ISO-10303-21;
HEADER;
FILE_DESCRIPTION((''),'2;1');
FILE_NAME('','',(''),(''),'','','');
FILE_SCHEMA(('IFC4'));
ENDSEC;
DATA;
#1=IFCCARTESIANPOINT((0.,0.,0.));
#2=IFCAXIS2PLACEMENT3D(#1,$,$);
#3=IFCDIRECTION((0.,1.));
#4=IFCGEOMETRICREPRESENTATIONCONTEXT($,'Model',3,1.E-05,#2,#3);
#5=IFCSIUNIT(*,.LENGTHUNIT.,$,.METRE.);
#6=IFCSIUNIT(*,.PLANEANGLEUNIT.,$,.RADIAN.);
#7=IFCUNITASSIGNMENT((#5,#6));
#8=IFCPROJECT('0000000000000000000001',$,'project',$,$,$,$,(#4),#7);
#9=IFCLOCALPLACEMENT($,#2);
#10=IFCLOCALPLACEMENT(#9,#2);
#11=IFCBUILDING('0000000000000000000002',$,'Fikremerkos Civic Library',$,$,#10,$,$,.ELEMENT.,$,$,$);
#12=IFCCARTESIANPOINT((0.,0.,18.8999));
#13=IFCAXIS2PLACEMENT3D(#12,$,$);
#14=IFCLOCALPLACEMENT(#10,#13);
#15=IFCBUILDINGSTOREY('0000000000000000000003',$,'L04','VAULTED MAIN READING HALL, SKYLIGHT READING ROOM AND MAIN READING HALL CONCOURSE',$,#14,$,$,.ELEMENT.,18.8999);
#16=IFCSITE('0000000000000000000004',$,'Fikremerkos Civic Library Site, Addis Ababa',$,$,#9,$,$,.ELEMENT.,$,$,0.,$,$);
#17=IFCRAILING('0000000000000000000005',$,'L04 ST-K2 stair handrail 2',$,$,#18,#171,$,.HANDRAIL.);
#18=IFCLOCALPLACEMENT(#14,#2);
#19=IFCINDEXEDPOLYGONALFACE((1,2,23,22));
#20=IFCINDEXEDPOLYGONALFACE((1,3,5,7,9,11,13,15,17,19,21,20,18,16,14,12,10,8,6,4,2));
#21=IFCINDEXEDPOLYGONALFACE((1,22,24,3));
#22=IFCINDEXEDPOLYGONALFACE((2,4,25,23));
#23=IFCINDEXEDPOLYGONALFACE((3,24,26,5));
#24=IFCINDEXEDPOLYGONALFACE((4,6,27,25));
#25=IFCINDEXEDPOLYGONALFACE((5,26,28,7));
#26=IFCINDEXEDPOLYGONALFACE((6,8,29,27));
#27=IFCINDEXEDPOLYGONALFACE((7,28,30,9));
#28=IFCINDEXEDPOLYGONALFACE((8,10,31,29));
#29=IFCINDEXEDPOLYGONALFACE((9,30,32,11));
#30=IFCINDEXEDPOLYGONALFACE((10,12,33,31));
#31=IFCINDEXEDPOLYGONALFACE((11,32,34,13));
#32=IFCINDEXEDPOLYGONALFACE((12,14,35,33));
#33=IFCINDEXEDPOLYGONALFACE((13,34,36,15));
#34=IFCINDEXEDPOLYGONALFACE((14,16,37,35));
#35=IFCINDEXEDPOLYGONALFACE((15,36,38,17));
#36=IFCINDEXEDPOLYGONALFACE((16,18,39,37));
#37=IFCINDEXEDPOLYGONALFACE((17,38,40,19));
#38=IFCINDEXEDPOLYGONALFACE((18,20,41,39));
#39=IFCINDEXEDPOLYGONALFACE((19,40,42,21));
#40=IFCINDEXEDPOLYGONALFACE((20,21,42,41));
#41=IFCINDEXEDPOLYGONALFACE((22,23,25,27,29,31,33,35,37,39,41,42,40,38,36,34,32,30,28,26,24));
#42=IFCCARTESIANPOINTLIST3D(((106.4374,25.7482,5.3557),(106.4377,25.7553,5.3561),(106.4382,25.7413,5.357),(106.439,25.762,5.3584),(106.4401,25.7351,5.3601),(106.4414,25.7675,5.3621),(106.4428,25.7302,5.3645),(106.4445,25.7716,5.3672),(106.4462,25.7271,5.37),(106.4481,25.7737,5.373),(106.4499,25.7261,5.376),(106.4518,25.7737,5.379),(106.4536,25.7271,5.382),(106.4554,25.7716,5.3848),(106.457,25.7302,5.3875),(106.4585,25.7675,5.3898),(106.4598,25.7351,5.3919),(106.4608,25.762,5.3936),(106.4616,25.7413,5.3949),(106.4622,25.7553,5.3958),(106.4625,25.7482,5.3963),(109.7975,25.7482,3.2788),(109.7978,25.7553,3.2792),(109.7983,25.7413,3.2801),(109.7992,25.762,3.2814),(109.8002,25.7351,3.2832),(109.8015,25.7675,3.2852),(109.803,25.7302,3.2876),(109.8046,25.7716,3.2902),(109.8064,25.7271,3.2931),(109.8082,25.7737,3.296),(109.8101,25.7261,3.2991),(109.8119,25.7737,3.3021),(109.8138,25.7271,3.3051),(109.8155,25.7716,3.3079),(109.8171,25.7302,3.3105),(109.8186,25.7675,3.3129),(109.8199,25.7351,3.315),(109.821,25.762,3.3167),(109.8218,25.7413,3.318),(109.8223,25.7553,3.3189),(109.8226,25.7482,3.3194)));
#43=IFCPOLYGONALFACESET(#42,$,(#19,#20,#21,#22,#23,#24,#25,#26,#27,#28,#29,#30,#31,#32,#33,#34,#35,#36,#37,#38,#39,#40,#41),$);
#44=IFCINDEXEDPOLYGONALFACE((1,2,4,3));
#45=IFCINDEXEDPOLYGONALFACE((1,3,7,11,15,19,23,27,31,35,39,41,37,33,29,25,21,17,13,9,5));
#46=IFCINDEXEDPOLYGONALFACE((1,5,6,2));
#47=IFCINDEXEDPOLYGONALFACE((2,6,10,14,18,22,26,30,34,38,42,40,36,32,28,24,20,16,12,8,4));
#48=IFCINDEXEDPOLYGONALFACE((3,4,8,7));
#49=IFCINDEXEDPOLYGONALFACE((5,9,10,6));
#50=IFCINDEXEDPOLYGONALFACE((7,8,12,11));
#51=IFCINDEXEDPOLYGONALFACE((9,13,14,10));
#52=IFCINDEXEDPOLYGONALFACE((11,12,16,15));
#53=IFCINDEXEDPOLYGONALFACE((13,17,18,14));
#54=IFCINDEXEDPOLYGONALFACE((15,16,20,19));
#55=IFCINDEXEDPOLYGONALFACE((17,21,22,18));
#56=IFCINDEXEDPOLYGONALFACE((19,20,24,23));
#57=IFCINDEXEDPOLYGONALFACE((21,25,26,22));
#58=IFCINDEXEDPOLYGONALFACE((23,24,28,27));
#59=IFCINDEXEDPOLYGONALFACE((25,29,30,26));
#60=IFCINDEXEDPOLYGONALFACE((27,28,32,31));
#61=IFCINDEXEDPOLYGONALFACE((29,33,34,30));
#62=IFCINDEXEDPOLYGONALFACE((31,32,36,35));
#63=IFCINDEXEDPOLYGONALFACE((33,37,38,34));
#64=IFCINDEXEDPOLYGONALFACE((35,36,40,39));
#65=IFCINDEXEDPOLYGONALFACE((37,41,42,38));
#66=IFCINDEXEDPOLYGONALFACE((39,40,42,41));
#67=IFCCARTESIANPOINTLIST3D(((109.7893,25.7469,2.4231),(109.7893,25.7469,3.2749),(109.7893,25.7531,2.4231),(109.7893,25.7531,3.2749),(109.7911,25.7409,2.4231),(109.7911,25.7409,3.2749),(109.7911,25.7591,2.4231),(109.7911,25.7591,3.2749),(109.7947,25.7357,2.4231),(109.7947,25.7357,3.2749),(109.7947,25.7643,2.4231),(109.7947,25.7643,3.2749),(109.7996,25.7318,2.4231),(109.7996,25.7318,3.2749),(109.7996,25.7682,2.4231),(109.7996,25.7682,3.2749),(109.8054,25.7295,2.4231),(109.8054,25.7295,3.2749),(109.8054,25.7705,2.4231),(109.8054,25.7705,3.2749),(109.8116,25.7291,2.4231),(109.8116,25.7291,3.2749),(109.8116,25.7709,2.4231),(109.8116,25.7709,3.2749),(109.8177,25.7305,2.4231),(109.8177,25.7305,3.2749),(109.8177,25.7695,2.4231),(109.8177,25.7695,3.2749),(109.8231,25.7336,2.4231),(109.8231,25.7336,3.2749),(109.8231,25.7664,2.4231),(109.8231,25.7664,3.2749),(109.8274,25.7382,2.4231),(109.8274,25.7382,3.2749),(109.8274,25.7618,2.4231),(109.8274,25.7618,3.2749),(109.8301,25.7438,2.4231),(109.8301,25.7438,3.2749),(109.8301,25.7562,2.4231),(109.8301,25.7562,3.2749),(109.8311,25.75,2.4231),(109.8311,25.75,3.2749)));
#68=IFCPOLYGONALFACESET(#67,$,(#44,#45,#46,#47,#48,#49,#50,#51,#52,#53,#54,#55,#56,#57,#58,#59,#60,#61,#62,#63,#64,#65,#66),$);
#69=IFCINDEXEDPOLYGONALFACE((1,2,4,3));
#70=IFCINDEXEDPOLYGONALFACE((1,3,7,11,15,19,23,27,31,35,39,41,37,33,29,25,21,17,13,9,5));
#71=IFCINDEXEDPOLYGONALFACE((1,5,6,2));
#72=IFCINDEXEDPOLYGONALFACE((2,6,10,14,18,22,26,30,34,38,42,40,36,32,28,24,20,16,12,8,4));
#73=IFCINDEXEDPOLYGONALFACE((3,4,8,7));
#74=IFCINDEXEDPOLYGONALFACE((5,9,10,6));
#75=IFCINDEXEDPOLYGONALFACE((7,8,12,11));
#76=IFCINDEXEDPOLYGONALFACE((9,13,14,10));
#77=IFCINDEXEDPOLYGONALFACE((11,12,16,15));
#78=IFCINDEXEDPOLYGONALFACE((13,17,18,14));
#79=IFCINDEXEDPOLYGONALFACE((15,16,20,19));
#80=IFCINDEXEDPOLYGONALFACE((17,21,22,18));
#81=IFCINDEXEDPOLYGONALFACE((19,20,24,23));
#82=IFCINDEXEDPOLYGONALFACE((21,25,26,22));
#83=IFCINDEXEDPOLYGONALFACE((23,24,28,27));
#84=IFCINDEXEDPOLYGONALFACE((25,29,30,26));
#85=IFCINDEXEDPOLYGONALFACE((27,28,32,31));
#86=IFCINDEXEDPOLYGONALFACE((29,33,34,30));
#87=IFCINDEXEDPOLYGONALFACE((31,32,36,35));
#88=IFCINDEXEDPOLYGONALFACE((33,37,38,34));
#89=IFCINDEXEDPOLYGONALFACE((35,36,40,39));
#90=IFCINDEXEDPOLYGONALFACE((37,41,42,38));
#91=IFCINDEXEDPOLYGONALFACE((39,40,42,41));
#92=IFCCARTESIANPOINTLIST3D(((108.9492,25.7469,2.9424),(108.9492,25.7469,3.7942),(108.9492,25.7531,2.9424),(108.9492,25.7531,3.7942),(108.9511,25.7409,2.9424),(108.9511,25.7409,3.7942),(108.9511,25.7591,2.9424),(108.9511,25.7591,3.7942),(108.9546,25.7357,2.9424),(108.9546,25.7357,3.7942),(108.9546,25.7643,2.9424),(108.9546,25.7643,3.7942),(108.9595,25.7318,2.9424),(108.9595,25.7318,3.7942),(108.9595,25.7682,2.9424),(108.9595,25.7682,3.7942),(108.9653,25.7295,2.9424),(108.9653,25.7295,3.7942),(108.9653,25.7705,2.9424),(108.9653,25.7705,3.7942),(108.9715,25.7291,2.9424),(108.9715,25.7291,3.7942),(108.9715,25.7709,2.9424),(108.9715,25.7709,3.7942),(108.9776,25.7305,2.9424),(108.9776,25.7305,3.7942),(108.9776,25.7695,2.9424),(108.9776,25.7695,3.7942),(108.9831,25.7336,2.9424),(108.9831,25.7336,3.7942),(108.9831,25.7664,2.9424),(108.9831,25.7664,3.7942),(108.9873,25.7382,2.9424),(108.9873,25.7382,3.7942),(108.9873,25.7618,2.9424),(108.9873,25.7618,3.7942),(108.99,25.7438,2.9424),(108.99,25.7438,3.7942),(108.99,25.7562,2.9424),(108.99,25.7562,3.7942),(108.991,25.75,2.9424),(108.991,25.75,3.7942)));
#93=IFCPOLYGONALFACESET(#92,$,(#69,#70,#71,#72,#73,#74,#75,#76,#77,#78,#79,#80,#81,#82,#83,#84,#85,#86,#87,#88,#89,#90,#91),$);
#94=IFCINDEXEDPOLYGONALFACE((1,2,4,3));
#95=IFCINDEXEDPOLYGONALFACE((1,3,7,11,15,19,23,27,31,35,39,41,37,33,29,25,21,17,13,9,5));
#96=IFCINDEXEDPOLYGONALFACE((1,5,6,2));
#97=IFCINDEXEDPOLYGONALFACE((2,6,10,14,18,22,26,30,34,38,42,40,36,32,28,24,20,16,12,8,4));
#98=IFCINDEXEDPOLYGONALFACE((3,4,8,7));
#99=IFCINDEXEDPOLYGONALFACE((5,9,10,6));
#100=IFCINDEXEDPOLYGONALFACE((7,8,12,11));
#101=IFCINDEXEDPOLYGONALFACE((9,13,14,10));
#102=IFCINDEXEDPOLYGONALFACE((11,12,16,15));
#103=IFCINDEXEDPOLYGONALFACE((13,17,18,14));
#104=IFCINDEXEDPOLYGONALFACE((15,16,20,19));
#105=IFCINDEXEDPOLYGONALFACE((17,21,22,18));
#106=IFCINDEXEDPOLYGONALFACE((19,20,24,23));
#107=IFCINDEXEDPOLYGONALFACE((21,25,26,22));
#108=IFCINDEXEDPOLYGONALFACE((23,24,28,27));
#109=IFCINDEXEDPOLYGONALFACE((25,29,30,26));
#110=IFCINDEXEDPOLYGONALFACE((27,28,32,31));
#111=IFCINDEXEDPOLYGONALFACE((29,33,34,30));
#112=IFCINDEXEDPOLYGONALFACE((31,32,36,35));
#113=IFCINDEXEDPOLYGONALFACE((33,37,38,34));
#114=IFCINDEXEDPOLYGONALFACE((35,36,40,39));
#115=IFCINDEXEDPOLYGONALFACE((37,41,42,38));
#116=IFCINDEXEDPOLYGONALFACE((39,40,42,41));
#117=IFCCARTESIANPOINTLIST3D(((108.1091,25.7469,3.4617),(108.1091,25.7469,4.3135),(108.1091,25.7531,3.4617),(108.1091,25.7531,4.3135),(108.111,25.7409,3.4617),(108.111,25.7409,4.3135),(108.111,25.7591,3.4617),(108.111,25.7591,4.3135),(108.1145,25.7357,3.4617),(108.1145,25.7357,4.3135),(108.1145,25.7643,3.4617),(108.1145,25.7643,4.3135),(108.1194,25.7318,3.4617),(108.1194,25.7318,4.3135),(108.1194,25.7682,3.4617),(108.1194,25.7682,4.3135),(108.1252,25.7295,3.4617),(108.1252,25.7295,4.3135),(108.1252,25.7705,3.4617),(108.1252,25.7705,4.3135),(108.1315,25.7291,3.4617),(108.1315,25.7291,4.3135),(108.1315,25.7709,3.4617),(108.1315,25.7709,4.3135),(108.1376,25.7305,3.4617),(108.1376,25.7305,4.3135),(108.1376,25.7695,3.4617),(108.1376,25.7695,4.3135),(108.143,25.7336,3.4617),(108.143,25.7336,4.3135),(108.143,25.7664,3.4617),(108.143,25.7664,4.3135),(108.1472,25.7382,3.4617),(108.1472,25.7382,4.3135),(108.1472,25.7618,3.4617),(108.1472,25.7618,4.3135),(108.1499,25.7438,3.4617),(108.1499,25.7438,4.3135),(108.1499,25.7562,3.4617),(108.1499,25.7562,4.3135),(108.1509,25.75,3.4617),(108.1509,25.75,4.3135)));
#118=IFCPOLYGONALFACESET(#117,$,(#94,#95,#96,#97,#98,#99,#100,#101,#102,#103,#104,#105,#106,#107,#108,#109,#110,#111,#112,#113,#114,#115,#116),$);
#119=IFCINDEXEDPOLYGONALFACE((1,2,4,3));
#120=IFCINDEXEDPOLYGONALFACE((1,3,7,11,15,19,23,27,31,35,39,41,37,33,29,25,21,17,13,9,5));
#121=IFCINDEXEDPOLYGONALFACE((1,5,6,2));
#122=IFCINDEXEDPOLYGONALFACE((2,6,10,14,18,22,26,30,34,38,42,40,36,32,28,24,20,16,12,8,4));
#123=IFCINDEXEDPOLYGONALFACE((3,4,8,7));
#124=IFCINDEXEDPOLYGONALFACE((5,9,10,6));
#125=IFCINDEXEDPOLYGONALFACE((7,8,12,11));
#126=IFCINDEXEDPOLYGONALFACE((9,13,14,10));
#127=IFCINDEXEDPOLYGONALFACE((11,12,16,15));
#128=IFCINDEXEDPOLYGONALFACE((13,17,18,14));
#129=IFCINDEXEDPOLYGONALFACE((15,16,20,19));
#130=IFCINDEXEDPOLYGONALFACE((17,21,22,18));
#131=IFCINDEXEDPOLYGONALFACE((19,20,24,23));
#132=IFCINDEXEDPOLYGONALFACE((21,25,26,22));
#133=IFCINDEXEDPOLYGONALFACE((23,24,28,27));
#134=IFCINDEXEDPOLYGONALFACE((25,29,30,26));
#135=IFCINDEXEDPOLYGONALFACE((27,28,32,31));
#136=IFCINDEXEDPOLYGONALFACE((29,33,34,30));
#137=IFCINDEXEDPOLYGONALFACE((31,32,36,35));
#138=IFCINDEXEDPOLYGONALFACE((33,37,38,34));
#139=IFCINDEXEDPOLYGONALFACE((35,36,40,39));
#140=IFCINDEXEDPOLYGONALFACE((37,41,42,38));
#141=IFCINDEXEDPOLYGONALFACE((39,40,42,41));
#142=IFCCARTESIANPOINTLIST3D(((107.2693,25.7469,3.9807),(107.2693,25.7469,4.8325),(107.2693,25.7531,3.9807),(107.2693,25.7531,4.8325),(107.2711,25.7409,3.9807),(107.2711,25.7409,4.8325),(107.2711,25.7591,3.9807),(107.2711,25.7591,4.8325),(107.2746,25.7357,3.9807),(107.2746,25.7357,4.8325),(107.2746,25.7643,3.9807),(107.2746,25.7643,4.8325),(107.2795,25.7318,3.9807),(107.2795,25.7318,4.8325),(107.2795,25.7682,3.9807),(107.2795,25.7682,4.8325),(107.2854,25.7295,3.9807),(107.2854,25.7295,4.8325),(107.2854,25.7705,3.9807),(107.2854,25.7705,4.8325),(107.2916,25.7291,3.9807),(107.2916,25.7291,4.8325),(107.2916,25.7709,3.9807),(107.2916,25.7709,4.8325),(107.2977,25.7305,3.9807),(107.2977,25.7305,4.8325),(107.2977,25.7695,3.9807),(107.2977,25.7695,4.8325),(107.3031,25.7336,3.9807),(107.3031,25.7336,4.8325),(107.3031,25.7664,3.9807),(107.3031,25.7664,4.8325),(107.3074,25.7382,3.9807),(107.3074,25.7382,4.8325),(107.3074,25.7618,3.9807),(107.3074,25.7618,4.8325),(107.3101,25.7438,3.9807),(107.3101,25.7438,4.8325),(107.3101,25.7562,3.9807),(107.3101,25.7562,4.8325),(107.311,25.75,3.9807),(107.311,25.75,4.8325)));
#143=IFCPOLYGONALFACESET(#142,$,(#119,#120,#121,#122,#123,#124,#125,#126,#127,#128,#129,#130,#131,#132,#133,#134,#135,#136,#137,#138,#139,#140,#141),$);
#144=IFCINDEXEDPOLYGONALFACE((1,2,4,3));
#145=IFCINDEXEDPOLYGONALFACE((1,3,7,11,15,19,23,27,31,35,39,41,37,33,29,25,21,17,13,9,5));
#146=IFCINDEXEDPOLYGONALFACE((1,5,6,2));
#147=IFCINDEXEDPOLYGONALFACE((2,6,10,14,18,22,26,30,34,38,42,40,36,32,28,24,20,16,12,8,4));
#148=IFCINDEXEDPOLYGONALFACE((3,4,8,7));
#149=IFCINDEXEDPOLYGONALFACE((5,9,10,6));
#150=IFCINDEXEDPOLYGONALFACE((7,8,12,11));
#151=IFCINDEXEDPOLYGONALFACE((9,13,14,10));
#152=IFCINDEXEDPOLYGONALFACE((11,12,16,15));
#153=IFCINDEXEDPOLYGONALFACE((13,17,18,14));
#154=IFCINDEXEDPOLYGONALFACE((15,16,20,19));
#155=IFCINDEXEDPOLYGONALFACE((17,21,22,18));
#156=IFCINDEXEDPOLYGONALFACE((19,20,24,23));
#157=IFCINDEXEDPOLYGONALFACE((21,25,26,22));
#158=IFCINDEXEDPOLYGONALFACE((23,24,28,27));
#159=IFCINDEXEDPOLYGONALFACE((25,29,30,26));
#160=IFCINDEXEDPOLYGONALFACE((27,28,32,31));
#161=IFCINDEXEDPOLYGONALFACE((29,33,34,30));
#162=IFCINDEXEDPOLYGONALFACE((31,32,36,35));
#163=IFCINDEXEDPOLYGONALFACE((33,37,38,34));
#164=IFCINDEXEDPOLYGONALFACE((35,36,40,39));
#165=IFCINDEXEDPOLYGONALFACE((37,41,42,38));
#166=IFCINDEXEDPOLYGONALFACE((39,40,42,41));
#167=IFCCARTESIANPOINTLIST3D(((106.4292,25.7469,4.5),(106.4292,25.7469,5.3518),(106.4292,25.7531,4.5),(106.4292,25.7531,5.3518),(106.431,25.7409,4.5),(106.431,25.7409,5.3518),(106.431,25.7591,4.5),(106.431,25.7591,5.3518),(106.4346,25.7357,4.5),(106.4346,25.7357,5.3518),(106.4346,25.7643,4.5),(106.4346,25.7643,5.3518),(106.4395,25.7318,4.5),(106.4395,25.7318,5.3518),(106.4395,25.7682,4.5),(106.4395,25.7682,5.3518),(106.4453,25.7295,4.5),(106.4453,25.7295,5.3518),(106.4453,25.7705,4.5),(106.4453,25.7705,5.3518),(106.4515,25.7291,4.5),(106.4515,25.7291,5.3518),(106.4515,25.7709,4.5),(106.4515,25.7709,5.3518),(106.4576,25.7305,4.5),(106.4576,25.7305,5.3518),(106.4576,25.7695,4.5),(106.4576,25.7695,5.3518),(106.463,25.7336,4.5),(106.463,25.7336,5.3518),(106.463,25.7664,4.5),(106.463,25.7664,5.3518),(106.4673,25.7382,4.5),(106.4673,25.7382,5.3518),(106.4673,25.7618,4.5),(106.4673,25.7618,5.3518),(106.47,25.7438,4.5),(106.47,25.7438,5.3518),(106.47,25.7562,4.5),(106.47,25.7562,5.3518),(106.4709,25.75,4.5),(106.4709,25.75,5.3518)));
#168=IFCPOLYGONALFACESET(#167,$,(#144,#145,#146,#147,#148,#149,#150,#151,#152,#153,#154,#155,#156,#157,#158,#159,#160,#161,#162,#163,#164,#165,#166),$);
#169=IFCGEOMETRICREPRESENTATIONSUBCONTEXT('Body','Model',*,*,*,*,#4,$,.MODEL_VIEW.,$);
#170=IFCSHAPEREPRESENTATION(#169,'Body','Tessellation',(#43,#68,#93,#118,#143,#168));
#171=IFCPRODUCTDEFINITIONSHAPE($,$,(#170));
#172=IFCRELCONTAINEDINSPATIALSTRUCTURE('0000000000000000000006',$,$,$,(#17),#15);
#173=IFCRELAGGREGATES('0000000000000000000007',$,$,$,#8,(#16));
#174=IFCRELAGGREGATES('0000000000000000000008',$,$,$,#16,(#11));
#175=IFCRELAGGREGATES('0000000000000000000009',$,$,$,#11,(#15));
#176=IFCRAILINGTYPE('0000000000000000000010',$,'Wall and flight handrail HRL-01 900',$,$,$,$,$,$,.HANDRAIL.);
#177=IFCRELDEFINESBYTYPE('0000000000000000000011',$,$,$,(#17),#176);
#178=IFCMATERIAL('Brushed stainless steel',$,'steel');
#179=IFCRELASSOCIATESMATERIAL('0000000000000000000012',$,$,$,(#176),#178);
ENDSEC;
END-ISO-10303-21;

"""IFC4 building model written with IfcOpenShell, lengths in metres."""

from ifc_helpers import new_model, si_unit, direction, frame, origin, origin_2d, place, context, subcontext, project, spatial, circle, extrude, material, type_object, element, save


model = new_model("IFC4")

# Units and contexts
model_context = context("Model", 3, precision=1e-05, world=origin(), true_north=direction((0.0, 1.0)))
body_context = subcontext(model_context, "Body", "Model", "MODEL_VIEW")
ifc_project = project(units=[si_unit("LENGTHUNIT", "METRE"), si_unit("PLANEANGLEUNIT", "RADIAN")], contexts=[model_context])

# Site, building, storey
site_placement = place(None, origin())
site = spatial("IfcSite", under=ifc_project, at=site_placement, Name="Fikremerkos Civic Library Site, Addis Ababa", CompositionType="ELEMENT", RefElevation=0.0)
building_placement = place(site_placement, origin())
building = spatial("IfcBuilding", under=site, at=building_placement, Name="Fikremerkos Civic Library", CompositionType="ELEMENT")
storey_placement = place(building_placement, frame((0.0, 0.0, 18.8999)))
storey = spatial("IfcBuildingStorey", under=building, at=storey_placement, Name="L04", Description="VAULTED MAIN READING HALL, SKYLIGHT READING ROOM AND MAIN READING HALL CONCOURSE", CompositionType="ELEMENT", Elevation=18.8999)

# Railing
ifc_material_1 = material(Name="Brushed stainless steel", Category="steel")
railing_type_1 = type_object("IfcRailingType", Name="Wall and flight handrail HRL-01 900", PredefinedType="HANDRAIL", material=ifc_material_1)
railing_1_placement = place(storey_placement, frame((109.8101, 25.75, 2.4231)))
element("IfcRailing", 1, at=railing_1_placement, inside=storey, type_object=railing_type_1, Name="L04 ST-K2 stair handrail 2", PredefinedType="HANDRAIL", context=body_context, shape_type="SweptSolid", body=[
    extrude(circle(Radius=0.0239, at=origin_2d()), frame((0.0, 0.0, 0.876), z_axis=(-0.850623, 0.0, 0.525776), x_axis=(0.0, -1.0, 0.0)), (0.0, 0.0, 1.0), 3.9502),
    extrude(circle(Radius=0.021, at=origin_2d()), origin(), (0.0, 0.0, 1.0), 0.8518),
    extrude(circle(Radius=0.021, at=origin_2d()), frame((-0.8401, 0.0, 0.5193)), (0.0, 0.0, 1.0), 0.8518),
    extrude(circle(Radius=0.021, at=origin_2d()), frame((-1.6802, 0.0, 1.0386)), (0.0, 0.0, 1.0), 0.8518),
    extrude(circle(Radius=0.021, at=origin_2d()), frame((-2.52, 0.0, 1.5576)), (0.0, 0.0, 1.0), 0.8518),
    extrude(circle(Radius=0.021, at=origin_2d()), frame((-3.3601, 0.0, 2.0769)), (0.0, 0.0, 1.0), 0.8518),
])

save(model, "model.ifc")
